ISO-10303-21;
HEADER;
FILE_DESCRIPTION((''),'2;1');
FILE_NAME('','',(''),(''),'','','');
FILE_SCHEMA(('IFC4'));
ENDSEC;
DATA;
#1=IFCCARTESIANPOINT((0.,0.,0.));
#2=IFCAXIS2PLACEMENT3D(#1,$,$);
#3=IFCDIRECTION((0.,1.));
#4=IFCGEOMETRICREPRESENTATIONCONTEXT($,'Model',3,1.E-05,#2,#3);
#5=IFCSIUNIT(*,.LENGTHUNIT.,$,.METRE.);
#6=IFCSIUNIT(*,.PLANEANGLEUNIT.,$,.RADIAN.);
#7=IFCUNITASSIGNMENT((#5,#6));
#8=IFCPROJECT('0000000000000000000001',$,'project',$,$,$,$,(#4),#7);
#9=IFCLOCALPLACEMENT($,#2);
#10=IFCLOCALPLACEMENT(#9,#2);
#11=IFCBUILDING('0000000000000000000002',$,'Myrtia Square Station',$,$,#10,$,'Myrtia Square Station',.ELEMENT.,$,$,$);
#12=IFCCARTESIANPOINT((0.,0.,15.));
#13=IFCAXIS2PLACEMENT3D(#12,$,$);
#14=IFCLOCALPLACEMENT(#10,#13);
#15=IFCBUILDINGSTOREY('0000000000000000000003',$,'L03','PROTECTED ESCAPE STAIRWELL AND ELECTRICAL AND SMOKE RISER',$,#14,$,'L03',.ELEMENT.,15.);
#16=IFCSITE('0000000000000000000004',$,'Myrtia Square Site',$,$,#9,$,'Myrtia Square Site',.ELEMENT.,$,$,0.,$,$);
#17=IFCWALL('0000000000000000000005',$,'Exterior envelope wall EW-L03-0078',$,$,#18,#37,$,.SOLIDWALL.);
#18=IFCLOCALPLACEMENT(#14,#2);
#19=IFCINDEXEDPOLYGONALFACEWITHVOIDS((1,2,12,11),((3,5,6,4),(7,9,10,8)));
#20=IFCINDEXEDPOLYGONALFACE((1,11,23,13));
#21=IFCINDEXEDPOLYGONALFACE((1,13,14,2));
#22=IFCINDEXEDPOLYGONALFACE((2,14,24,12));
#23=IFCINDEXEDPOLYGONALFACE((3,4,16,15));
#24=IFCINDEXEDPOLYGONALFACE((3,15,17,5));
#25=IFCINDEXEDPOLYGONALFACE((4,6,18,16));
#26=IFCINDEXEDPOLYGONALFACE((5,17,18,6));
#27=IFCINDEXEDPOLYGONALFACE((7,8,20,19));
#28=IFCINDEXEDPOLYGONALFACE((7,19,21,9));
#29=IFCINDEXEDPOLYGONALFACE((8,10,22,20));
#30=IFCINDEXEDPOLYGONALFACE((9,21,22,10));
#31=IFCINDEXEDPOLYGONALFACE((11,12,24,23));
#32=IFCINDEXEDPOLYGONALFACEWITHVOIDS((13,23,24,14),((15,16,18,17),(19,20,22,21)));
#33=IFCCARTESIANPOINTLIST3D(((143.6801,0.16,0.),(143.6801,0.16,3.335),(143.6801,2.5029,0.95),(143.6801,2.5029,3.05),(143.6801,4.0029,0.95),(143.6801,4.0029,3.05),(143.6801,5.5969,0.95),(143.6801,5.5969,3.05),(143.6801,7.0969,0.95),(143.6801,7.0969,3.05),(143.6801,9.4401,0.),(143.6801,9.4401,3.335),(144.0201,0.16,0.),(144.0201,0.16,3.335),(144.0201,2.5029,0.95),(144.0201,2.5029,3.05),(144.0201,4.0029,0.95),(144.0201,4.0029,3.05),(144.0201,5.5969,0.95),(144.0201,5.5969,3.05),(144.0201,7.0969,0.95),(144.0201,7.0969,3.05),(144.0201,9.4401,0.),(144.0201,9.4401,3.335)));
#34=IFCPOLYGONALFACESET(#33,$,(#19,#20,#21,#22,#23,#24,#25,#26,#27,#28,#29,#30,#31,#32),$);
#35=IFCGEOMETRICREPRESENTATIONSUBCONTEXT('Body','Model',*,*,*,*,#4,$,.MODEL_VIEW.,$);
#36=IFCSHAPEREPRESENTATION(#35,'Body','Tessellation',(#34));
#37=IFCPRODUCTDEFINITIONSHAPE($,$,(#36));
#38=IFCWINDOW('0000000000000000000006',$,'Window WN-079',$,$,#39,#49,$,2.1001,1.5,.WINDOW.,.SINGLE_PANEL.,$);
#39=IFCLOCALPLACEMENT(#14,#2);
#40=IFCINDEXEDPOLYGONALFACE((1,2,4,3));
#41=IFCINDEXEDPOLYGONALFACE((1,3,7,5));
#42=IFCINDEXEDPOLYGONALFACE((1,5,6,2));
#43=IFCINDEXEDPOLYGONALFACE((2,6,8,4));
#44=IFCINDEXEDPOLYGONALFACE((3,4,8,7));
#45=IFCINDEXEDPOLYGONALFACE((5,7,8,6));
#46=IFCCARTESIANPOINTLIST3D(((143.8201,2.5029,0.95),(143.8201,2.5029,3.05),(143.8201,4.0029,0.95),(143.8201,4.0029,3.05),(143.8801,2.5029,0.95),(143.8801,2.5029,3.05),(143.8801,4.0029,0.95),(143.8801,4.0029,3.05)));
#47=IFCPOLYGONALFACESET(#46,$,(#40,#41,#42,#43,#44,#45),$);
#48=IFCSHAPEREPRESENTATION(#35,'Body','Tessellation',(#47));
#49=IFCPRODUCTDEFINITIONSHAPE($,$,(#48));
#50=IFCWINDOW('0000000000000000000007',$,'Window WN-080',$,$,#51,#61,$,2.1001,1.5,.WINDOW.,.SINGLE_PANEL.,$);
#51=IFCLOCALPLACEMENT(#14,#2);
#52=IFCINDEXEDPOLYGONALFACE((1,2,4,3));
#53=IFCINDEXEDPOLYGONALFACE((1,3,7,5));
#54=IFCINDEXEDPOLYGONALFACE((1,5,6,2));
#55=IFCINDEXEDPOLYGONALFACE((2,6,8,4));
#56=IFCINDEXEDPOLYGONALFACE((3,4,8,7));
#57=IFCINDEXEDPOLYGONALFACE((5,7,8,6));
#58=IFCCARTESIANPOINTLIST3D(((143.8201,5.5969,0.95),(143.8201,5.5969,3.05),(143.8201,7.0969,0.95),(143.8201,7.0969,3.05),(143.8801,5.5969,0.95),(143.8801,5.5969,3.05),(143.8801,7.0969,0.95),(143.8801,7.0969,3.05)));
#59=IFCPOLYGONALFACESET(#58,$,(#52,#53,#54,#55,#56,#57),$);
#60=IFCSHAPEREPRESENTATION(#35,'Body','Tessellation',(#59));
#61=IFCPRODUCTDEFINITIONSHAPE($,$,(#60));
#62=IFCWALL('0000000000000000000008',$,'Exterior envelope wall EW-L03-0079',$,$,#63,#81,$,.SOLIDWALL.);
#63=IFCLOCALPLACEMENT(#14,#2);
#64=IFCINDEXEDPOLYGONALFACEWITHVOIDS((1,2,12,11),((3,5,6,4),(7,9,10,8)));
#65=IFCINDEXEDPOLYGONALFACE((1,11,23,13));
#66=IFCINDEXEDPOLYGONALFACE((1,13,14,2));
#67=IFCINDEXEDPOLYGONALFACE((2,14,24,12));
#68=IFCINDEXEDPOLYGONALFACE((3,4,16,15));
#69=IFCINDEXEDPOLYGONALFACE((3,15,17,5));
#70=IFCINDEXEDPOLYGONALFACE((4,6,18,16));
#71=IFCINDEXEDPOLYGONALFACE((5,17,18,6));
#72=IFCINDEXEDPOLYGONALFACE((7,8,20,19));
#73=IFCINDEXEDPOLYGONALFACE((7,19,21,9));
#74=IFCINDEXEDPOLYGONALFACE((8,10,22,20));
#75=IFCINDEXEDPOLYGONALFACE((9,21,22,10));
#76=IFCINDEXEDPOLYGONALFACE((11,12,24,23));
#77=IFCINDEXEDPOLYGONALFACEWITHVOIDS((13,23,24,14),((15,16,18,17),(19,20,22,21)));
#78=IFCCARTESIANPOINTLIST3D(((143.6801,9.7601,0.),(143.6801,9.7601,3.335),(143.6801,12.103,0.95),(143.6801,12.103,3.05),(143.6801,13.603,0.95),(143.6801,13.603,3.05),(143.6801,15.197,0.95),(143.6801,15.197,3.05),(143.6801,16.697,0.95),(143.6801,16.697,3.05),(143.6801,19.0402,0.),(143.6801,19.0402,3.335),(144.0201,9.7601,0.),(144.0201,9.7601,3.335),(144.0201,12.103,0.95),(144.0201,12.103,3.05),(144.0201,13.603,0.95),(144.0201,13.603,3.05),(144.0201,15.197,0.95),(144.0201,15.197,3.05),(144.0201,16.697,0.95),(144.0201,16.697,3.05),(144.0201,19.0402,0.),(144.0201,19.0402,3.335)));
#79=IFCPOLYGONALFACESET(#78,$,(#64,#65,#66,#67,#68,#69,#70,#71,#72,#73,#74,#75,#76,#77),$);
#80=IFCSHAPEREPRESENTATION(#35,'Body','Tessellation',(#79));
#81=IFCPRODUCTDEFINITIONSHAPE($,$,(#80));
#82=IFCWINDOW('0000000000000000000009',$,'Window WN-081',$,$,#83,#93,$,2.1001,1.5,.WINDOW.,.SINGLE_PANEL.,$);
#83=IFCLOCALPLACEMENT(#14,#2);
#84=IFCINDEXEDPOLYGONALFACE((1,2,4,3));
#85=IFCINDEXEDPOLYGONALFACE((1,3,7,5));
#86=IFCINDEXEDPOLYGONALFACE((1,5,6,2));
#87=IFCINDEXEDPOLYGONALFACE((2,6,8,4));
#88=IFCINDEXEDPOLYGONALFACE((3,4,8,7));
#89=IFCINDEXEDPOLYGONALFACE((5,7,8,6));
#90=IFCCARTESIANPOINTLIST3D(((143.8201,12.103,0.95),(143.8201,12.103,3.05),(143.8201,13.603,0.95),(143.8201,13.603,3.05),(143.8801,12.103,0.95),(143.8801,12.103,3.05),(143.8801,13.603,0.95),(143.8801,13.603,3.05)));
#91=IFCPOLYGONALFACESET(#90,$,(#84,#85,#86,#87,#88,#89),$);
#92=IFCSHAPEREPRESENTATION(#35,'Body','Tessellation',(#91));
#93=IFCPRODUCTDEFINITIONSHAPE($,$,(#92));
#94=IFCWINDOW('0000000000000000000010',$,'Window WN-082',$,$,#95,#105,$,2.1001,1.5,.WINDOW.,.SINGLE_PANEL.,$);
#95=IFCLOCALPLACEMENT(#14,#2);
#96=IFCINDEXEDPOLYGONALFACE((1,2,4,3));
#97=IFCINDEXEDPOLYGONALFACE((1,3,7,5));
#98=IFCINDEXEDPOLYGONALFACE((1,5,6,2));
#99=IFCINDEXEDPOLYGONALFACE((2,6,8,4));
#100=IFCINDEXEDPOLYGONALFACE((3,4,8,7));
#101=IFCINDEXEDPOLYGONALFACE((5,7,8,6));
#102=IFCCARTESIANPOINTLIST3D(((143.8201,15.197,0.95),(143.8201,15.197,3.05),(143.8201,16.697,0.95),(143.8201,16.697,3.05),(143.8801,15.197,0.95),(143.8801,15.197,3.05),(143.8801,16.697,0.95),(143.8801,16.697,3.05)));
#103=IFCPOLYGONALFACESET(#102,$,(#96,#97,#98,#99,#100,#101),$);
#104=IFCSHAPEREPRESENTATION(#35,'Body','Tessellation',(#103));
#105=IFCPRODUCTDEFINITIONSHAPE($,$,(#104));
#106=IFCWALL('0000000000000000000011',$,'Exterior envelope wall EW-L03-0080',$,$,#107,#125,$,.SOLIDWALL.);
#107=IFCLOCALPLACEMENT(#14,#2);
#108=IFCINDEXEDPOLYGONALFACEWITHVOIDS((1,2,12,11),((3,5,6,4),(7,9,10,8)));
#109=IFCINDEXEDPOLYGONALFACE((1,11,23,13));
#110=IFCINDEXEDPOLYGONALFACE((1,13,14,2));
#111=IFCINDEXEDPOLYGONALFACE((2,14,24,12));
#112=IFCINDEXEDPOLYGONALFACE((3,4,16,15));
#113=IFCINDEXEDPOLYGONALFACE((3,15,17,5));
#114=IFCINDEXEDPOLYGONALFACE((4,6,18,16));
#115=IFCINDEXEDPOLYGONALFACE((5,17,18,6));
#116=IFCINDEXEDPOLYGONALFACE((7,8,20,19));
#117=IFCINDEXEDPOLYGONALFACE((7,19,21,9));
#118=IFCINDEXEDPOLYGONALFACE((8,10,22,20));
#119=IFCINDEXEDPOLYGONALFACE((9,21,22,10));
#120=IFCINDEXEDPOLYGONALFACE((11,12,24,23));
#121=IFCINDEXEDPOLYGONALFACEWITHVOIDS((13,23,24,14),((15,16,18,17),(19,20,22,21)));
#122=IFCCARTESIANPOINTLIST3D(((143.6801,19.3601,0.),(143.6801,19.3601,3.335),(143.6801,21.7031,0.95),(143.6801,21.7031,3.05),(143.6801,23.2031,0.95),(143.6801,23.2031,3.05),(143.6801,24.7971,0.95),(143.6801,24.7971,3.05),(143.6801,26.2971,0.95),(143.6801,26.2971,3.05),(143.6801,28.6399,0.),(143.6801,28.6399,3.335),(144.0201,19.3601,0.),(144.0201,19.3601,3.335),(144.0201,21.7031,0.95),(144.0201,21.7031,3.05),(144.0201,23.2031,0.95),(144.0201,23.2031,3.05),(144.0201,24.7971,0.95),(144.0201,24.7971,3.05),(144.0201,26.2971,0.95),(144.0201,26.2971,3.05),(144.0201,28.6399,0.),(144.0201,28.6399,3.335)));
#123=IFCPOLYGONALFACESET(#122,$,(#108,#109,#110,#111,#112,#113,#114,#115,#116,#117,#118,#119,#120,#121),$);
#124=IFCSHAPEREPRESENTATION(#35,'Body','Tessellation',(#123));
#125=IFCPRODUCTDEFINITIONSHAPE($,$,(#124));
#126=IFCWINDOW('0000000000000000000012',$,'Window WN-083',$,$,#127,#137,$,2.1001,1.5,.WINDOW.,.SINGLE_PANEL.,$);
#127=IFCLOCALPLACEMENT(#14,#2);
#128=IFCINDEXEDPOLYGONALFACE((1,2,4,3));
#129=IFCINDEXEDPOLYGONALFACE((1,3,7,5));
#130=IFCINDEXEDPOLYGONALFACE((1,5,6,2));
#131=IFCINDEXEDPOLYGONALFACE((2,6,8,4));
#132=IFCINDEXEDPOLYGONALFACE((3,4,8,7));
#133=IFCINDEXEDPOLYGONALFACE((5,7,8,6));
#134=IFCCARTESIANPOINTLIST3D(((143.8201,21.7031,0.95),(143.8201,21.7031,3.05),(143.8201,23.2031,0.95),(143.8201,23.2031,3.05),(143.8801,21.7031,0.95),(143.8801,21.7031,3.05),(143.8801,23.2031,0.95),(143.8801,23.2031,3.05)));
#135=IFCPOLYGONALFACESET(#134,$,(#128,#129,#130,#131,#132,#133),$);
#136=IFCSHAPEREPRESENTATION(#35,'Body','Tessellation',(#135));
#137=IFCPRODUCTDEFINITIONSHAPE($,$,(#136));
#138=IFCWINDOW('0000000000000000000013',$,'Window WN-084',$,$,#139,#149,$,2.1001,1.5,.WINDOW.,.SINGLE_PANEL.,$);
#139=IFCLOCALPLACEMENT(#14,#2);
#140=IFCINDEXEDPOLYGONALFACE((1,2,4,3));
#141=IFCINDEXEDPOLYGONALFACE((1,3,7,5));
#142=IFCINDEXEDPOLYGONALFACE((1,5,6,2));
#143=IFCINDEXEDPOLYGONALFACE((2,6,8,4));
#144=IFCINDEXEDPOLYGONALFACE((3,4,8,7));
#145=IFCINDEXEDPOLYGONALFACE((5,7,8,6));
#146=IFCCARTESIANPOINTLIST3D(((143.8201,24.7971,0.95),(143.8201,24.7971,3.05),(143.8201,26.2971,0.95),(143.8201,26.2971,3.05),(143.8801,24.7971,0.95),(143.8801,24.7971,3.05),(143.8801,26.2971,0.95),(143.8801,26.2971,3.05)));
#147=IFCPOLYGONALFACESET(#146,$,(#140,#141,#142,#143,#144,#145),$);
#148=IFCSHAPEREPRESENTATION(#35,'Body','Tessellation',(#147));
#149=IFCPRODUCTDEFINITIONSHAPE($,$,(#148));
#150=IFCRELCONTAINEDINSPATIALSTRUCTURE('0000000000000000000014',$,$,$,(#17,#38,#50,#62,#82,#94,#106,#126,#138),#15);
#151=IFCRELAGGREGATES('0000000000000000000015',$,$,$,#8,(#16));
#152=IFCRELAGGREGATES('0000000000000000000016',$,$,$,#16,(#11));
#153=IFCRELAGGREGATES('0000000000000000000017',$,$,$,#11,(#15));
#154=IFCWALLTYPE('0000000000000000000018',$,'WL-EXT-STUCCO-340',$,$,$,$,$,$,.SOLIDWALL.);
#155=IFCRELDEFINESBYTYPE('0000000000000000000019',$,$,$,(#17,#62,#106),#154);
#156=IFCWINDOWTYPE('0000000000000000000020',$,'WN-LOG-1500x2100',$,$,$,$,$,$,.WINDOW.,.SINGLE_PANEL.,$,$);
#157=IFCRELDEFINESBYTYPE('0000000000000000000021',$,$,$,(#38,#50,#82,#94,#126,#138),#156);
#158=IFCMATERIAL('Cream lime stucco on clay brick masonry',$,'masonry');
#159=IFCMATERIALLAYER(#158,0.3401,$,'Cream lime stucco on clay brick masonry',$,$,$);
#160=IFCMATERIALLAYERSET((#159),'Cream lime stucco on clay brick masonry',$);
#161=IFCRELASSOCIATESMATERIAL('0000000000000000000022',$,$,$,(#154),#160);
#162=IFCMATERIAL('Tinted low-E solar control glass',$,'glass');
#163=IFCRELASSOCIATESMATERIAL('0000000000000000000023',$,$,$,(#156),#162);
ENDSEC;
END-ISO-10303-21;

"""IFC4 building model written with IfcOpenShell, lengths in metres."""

from ifc_helpers import new_model, si_unit, direction, frame, frame_2d, origin, place, context, subcontext, project, spatial, rectangle, extrude, material, layer, layer_set, type_object, element, fill, save


model = new_model("IFC4")

# Units and contexts
model_context = context("Model", 3, precision=1e-05, world=origin(), true_north=direction((0.0, 1.0)))
body_context = subcontext(model_context, "Body", "Model", "MODEL_VIEW")
ifc_project = project(units=[si_unit("LENGTHUNIT", "METRE"), si_unit("PLANEANGLEUNIT", "RADIAN")], contexts=[model_context])

# Site, building, storey
site_placement = place(None, origin())
site = spatial("IfcSite", under=ifc_project, at=site_placement, Name="Myrtia Square Site", LongName="Myrtia Square Site", CompositionType="ELEMENT", RefElevation=0.0)
building_placement = place(site_placement, origin())
building = spatial("IfcBuilding", under=site, at=building_placement, Name="Myrtia Square Station", LongName="Myrtia Square Station", CompositionType="ELEMENT")
storey_placement = place(building_placement, frame((0.0, 0.0, 15.0)))
storey = spatial("IfcBuildingStorey", under=building, at=storey_placement, Name="L03", Description="PROTECTED ESCAPE STAIRWELL AND ELECTRICAL AND SMOKE RISER", LongName="L03", CompositionType="ELEMENT", Elevation=15.0)

# Walls, openings, windows
ifc_material_1 = material(Name="Cream lime stucco on clay brick masonry", Category="masonry")
ifc_layer_1 = layer(ifc_material_1, 0.3401, Name="Cream lime stucco on clay brick masonry")
ifc_layer_set_1 = layer_set([ifc_layer_1], Name="Cream lime stucco on clay brick masonry")
wall_type_1 = type_object("IfcWallType", Name="WL-EXT-STUCCO-340", PredefinedType="SOLIDWALL", material=ifc_layer_set_1)
wall_1_placement = place(storey_placement, frame((143.8501, 0.1599, 0.0), z_axis=(0.0, 0.0, 1.0), x_axis=(0.0, 1.0, 0.0)))
wall_1 = element("IfcWall", 1, at=wall_1_placement, inside=storey, type_object=wall_type_1, Name="Exterior envelope wall EW-L03-0078", PredefinedType="SOLIDWALL", context=body_context, shape_type="SweptSolid", body=[
    extrude(rectangle(XDim=9.28, YDim=0.3401, at=frame_2d((4.6401, 0.0))), origin(), (0.0, 0.0, 1.0), 3.335),
])
opening_1_placement = place(wall_1_placement, frame((2.343, 0.0, 0.95)))
opening_1 = element("IfcOpeningElement", 2, at=opening_1_placement, cuts=wall_1, PredefinedType="OPENING", context=body_context, shape_type="SweptSolid", body=[
    extrude(rectangle(XDim=1.5, YDim=2.1001, at=frame_2d((0.75, 1.05))), frame((0.0, 0.1851, 0.0), z_axis=(0.0, -1.0, 0.0), x_axis=(1.0, 0.0, 0.0)), (0.0, 0.0, 1.0), 0.3701),
])
opening_2_placement = place(wall_1_placement, frame((5.437, 0.0, 0.95)))
opening_2 = element("IfcOpeningElement", 3, at=opening_2_placement, cuts=wall_1, PredefinedType="OPENING", context=body_context, shape_type="SweptSolid", body=[
    extrude(rectangle(XDim=1.5, YDim=2.1001, at=frame_2d((0.75, 1.05))), frame((0.0, 0.1851, 0.0), z_axis=(0.0, -1.0, 0.0), x_axis=(1.0, 0.0, 0.0)), (0.0, 0.0, 1.0), 0.3701),
])
ifc_material_2 = material(Name="Tinted low-E solar control glass", Category="glass")
window_type = type_object("IfcWindowType", Name="WN-LOG-1500x2100", PartitioningType="SINGLE_PANEL", PredefinedType="WINDOW", material=ifc_material_2)
window_1_placement = place(opening_1_placement, origin())
window_1 = element("IfcWindow", 4, at=window_1_placement, inside=storey, type_object=window_type, Name="Window WN-079", OverallHeight=2.1001, OverallWidth=1.5, PartitioningType="SINGLE_PANEL", PredefinedType="WINDOW", context=body_context, shape_type="SweptSolid", body=[
    extrude(rectangle(XDim=1.5, YDim=2.1001, at=frame_2d((0.75, 1.05))), frame((0.0, 0.03, 0.0), z_axis=(0.0, -1.0, 0.0), x_axis=(1.0, 0.0, 0.0)), (0.0, 0.0, 1.0), 0.0601),
])
fill(opening_1, window_1)
window_2_placement = place(opening_2_placement, origin())
window_2 = element("IfcWindow", 5, at=window_2_placement, inside=storey, type_object=window_type, Name="Window WN-080", OverallHeight=2.1001, OverallWidth=1.5, PartitioningType="SINGLE_PANEL", PredefinedType="WINDOW", context=body_context, shape_type="SweptSolid", body=[
    extrude(rectangle(XDim=1.5, YDim=2.1001, at=frame_2d((0.75, 1.05))), frame((0.0, 0.03, 0.0), z_axis=(0.0, -1.0, 0.0), x_axis=(1.0, 0.0, 0.0)), (0.0, 0.0, 1.0), 0.0601),
])
fill(opening_2, window_2)
wall_2_placement = place(storey_placement, frame((143.8501, 9.76, 0.0), z_axis=(0.0, 0.0, 1.0), x_axis=(0.0, 1.0, 0.0)))
wall_2 = element("IfcWall", 6, at=wall_2_placement, inside=storey, type_object=wall_type_1, Name="Exterior envelope wall EW-L03-0079", PredefinedType="SOLIDWALL", context=body_context, shape_type="SweptSolid", body=[
    extrude(rectangle(XDim=9.28, YDim=0.3401, at=frame_2d((4.6401, 0.0))), origin(), (0.0, 0.0, 1.0), 3.335),
])
opening_3_placement = place(wall_2_placement, frame((2.343, 0.0, 0.95)))
opening_3 = element("IfcOpeningElement", 7, at=opening_3_placement, cuts=wall_2, PredefinedType="OPENING", context=body_context, shape_type="SweptSolid", body=[
    extrude(rectangle(XDim=1.5, YDim=2.1001, at=frame_2d((0.75, 1.05))), frame((0.0, 0.1851, 0.0), z_axis=(0.0, -1.0, 0.0), x_axis=(1.0, 0.0, 0.0)), (0.0, 0.0, 1.0), 0.3701),
])
opening_4_placement = place(wall_2_placement, frame((5.437, 0.0, 0.95)))
opening_4 = element("IfcOpeningElement", 8, at=opening_4_placement, cuts=wall_2, PredefinedType="OPENING", context=body_context, shape_type="SweptSolid", body=[
    extrude(rectangle(XDim=1.5, YDim=2.1001, at=frame_2d((0.75, 1.05))), frame((0.0, 0.1851, 0.0), z_axis=(0.0, -1.0, 0.0), x_axis=(1.0, 0.0, 0.0)), (0.0, 0.0, 1.0), 0.3701),
])
window_3_placement = place(opening_3_placement, origin())
window_3 = element("IfcWindow", 9, at=window_3_placement, inside=storey, type_object=window_type, Name="Window WN-081", OverallHeight=2.1001, OverallWidth=1.5, PartitioningType="SINGLE_PANEL", PredefinedType="WINDOW", context=body_context, shape_type="SweptSolid", body=[
    extrude(rectangle(XDim=1.5, YDim=2.1001, at=frame_2d((0.75, 1.05))), frame((0.0, 0.03, 0.0), z_axis=(0.0, -1.0, 0.0), x_axis=(1.0, 0.0, 0.0)), (0.0, 0.0, 1.0), 0.0601),
])
fill(opening_3, window_3)
window_4_placement = place(opening_4_placement, origin())
window_4 = element("IfcWindow", 10, at=window_4_placement, inside=storey, type_object=window_type, Name="Window WN-082", OverallHeight=2.1001, OverallWidth=1.5, PartitioningType="SINGLE_PANEL", PredefinedType="WINDOW", context=body_context, shape_type="SweptSolid", body=[
    extrude(rectangle(XDim=1.5, YDim=2.1001, at=frame_2d((0.75, 1.05))), frame((0.0, 0.03, 0.0), z_axis=(0.0, -1.0, 0.0), x_axis=(1.0, 0.0, 0.0)), (0.0, 0.0, 1.0), 0.0601),
])
fill(opening_4, window_4)
wall_3_placement = place(storey_placement, frame((143.8501, 19.3601, 0.0), z_axis=(0.0, 0.0, 1.0), x_axis=(0.0, 1.0, 0.0)))
wall_3 = element("IfcWall", 11, at=wall_3_placement, inside=storey, type_object=wall_type_1, Name="Exterior envelope wall EW-L03-0080", PredefinedType="SOLIDWALL", context=body_context, shape_type="SweptSolid", body=[
    extrude(rectangle(XDim=9.2798, YDim=0.3401, at=frame_2d((4.6399, 0.0))), origin(), (0.0, 0.0, 1.0), 3.335),
])
opening_5_placement = place(wall_3_placement, frame((2.343, 0.0, 0.95)))
opening_5 = element("IfcOpeningElement", 12, at=opening_5_placement, cuts=wall_3, PredefinedType="OPENING", context=body_context, shape_type="SweptSolid", body=[
    extrude(rectangle(XDim=1.5, YDim=2.1001, at=frame_2d((0.75, 1.05))), frame((0.0, 0.1851, 0.0), z_axis=(0.0, -1.0, 0.0), x_axis=(1.0, 0.0, 0.0)), (0.0, 0.0, 1.0), 0.3701),
])
opening_6_placement = place(wall_3_placement, frame((5.437, 0.0, 0.95)))
opening_6 = element("IfcOpeningElement", 13, at=opening_6_placement, cuts=wall_3, PredefinedType="OPENING", context=body_context, shape_type="SweptSolid", body=[
    extrude(rectangle(XDim=1.5, YDim=2.1001, at=frame_2d((0.75, 1.05))), frame((0.0, 0.1851, 0.0), z_axis=(0.0, -1.0, 0.0), x_axis=(1.0, 0.0, 0.0)), (0.0, 0.0, 1.0), 0.3701),
])
window_5_placement = place(opening_5_placement, origin())
window_5 = element("IfcWindow", 14, at=window_5_placement, inside=storey, type_object=window_type, Name="Window WN-083", OverallHeight=2.1001, OverallWidth=1.5, PartitioningType="SINGLE_PANEL", PredefinedType="WINDOW", context=body_context, shape_type="SweptSolid", body=[
    extrude(rectangle(XDim=1.5, YDim=2.1001, at=frame_2d((0.75, 1.05))), frame((0.0, 0.03, 0.0), z_axis=(0.0, -1.0, 0.0), x_axis=(1.0, 0.0, 0.0)), (0.0, 0.0, 1.0), 0.0601),
])
fill(opening_5, window_5)
window_6_placement = place(opening_6_placement, origin())
window_6 = element("IfcWindow", 15, at=window_6_placement, inside=storey, type_object=window_type, Name="Window WN-084", OverallHeight=2.1001, OverallWidth=1.5, PartitioningType="SINGLE_PANEL", PredefinedType="WINDOW", context=body_context, shape_type="SweptSolid", body=[
    extrude(rectangle(XDim=1.5, YDim=2.1001, at=frame_2d((0.75, 1.05))), frame((0.0, 0.03, 0.0), z_axis=(0.0, -1.0, 0.0), x_axis=(1.0, 0.0, 0.0)), (0.0, 0.0, 1.0), 0.0601),
])
fill(opening_6, window_6)

save(model, "model.ifc")
